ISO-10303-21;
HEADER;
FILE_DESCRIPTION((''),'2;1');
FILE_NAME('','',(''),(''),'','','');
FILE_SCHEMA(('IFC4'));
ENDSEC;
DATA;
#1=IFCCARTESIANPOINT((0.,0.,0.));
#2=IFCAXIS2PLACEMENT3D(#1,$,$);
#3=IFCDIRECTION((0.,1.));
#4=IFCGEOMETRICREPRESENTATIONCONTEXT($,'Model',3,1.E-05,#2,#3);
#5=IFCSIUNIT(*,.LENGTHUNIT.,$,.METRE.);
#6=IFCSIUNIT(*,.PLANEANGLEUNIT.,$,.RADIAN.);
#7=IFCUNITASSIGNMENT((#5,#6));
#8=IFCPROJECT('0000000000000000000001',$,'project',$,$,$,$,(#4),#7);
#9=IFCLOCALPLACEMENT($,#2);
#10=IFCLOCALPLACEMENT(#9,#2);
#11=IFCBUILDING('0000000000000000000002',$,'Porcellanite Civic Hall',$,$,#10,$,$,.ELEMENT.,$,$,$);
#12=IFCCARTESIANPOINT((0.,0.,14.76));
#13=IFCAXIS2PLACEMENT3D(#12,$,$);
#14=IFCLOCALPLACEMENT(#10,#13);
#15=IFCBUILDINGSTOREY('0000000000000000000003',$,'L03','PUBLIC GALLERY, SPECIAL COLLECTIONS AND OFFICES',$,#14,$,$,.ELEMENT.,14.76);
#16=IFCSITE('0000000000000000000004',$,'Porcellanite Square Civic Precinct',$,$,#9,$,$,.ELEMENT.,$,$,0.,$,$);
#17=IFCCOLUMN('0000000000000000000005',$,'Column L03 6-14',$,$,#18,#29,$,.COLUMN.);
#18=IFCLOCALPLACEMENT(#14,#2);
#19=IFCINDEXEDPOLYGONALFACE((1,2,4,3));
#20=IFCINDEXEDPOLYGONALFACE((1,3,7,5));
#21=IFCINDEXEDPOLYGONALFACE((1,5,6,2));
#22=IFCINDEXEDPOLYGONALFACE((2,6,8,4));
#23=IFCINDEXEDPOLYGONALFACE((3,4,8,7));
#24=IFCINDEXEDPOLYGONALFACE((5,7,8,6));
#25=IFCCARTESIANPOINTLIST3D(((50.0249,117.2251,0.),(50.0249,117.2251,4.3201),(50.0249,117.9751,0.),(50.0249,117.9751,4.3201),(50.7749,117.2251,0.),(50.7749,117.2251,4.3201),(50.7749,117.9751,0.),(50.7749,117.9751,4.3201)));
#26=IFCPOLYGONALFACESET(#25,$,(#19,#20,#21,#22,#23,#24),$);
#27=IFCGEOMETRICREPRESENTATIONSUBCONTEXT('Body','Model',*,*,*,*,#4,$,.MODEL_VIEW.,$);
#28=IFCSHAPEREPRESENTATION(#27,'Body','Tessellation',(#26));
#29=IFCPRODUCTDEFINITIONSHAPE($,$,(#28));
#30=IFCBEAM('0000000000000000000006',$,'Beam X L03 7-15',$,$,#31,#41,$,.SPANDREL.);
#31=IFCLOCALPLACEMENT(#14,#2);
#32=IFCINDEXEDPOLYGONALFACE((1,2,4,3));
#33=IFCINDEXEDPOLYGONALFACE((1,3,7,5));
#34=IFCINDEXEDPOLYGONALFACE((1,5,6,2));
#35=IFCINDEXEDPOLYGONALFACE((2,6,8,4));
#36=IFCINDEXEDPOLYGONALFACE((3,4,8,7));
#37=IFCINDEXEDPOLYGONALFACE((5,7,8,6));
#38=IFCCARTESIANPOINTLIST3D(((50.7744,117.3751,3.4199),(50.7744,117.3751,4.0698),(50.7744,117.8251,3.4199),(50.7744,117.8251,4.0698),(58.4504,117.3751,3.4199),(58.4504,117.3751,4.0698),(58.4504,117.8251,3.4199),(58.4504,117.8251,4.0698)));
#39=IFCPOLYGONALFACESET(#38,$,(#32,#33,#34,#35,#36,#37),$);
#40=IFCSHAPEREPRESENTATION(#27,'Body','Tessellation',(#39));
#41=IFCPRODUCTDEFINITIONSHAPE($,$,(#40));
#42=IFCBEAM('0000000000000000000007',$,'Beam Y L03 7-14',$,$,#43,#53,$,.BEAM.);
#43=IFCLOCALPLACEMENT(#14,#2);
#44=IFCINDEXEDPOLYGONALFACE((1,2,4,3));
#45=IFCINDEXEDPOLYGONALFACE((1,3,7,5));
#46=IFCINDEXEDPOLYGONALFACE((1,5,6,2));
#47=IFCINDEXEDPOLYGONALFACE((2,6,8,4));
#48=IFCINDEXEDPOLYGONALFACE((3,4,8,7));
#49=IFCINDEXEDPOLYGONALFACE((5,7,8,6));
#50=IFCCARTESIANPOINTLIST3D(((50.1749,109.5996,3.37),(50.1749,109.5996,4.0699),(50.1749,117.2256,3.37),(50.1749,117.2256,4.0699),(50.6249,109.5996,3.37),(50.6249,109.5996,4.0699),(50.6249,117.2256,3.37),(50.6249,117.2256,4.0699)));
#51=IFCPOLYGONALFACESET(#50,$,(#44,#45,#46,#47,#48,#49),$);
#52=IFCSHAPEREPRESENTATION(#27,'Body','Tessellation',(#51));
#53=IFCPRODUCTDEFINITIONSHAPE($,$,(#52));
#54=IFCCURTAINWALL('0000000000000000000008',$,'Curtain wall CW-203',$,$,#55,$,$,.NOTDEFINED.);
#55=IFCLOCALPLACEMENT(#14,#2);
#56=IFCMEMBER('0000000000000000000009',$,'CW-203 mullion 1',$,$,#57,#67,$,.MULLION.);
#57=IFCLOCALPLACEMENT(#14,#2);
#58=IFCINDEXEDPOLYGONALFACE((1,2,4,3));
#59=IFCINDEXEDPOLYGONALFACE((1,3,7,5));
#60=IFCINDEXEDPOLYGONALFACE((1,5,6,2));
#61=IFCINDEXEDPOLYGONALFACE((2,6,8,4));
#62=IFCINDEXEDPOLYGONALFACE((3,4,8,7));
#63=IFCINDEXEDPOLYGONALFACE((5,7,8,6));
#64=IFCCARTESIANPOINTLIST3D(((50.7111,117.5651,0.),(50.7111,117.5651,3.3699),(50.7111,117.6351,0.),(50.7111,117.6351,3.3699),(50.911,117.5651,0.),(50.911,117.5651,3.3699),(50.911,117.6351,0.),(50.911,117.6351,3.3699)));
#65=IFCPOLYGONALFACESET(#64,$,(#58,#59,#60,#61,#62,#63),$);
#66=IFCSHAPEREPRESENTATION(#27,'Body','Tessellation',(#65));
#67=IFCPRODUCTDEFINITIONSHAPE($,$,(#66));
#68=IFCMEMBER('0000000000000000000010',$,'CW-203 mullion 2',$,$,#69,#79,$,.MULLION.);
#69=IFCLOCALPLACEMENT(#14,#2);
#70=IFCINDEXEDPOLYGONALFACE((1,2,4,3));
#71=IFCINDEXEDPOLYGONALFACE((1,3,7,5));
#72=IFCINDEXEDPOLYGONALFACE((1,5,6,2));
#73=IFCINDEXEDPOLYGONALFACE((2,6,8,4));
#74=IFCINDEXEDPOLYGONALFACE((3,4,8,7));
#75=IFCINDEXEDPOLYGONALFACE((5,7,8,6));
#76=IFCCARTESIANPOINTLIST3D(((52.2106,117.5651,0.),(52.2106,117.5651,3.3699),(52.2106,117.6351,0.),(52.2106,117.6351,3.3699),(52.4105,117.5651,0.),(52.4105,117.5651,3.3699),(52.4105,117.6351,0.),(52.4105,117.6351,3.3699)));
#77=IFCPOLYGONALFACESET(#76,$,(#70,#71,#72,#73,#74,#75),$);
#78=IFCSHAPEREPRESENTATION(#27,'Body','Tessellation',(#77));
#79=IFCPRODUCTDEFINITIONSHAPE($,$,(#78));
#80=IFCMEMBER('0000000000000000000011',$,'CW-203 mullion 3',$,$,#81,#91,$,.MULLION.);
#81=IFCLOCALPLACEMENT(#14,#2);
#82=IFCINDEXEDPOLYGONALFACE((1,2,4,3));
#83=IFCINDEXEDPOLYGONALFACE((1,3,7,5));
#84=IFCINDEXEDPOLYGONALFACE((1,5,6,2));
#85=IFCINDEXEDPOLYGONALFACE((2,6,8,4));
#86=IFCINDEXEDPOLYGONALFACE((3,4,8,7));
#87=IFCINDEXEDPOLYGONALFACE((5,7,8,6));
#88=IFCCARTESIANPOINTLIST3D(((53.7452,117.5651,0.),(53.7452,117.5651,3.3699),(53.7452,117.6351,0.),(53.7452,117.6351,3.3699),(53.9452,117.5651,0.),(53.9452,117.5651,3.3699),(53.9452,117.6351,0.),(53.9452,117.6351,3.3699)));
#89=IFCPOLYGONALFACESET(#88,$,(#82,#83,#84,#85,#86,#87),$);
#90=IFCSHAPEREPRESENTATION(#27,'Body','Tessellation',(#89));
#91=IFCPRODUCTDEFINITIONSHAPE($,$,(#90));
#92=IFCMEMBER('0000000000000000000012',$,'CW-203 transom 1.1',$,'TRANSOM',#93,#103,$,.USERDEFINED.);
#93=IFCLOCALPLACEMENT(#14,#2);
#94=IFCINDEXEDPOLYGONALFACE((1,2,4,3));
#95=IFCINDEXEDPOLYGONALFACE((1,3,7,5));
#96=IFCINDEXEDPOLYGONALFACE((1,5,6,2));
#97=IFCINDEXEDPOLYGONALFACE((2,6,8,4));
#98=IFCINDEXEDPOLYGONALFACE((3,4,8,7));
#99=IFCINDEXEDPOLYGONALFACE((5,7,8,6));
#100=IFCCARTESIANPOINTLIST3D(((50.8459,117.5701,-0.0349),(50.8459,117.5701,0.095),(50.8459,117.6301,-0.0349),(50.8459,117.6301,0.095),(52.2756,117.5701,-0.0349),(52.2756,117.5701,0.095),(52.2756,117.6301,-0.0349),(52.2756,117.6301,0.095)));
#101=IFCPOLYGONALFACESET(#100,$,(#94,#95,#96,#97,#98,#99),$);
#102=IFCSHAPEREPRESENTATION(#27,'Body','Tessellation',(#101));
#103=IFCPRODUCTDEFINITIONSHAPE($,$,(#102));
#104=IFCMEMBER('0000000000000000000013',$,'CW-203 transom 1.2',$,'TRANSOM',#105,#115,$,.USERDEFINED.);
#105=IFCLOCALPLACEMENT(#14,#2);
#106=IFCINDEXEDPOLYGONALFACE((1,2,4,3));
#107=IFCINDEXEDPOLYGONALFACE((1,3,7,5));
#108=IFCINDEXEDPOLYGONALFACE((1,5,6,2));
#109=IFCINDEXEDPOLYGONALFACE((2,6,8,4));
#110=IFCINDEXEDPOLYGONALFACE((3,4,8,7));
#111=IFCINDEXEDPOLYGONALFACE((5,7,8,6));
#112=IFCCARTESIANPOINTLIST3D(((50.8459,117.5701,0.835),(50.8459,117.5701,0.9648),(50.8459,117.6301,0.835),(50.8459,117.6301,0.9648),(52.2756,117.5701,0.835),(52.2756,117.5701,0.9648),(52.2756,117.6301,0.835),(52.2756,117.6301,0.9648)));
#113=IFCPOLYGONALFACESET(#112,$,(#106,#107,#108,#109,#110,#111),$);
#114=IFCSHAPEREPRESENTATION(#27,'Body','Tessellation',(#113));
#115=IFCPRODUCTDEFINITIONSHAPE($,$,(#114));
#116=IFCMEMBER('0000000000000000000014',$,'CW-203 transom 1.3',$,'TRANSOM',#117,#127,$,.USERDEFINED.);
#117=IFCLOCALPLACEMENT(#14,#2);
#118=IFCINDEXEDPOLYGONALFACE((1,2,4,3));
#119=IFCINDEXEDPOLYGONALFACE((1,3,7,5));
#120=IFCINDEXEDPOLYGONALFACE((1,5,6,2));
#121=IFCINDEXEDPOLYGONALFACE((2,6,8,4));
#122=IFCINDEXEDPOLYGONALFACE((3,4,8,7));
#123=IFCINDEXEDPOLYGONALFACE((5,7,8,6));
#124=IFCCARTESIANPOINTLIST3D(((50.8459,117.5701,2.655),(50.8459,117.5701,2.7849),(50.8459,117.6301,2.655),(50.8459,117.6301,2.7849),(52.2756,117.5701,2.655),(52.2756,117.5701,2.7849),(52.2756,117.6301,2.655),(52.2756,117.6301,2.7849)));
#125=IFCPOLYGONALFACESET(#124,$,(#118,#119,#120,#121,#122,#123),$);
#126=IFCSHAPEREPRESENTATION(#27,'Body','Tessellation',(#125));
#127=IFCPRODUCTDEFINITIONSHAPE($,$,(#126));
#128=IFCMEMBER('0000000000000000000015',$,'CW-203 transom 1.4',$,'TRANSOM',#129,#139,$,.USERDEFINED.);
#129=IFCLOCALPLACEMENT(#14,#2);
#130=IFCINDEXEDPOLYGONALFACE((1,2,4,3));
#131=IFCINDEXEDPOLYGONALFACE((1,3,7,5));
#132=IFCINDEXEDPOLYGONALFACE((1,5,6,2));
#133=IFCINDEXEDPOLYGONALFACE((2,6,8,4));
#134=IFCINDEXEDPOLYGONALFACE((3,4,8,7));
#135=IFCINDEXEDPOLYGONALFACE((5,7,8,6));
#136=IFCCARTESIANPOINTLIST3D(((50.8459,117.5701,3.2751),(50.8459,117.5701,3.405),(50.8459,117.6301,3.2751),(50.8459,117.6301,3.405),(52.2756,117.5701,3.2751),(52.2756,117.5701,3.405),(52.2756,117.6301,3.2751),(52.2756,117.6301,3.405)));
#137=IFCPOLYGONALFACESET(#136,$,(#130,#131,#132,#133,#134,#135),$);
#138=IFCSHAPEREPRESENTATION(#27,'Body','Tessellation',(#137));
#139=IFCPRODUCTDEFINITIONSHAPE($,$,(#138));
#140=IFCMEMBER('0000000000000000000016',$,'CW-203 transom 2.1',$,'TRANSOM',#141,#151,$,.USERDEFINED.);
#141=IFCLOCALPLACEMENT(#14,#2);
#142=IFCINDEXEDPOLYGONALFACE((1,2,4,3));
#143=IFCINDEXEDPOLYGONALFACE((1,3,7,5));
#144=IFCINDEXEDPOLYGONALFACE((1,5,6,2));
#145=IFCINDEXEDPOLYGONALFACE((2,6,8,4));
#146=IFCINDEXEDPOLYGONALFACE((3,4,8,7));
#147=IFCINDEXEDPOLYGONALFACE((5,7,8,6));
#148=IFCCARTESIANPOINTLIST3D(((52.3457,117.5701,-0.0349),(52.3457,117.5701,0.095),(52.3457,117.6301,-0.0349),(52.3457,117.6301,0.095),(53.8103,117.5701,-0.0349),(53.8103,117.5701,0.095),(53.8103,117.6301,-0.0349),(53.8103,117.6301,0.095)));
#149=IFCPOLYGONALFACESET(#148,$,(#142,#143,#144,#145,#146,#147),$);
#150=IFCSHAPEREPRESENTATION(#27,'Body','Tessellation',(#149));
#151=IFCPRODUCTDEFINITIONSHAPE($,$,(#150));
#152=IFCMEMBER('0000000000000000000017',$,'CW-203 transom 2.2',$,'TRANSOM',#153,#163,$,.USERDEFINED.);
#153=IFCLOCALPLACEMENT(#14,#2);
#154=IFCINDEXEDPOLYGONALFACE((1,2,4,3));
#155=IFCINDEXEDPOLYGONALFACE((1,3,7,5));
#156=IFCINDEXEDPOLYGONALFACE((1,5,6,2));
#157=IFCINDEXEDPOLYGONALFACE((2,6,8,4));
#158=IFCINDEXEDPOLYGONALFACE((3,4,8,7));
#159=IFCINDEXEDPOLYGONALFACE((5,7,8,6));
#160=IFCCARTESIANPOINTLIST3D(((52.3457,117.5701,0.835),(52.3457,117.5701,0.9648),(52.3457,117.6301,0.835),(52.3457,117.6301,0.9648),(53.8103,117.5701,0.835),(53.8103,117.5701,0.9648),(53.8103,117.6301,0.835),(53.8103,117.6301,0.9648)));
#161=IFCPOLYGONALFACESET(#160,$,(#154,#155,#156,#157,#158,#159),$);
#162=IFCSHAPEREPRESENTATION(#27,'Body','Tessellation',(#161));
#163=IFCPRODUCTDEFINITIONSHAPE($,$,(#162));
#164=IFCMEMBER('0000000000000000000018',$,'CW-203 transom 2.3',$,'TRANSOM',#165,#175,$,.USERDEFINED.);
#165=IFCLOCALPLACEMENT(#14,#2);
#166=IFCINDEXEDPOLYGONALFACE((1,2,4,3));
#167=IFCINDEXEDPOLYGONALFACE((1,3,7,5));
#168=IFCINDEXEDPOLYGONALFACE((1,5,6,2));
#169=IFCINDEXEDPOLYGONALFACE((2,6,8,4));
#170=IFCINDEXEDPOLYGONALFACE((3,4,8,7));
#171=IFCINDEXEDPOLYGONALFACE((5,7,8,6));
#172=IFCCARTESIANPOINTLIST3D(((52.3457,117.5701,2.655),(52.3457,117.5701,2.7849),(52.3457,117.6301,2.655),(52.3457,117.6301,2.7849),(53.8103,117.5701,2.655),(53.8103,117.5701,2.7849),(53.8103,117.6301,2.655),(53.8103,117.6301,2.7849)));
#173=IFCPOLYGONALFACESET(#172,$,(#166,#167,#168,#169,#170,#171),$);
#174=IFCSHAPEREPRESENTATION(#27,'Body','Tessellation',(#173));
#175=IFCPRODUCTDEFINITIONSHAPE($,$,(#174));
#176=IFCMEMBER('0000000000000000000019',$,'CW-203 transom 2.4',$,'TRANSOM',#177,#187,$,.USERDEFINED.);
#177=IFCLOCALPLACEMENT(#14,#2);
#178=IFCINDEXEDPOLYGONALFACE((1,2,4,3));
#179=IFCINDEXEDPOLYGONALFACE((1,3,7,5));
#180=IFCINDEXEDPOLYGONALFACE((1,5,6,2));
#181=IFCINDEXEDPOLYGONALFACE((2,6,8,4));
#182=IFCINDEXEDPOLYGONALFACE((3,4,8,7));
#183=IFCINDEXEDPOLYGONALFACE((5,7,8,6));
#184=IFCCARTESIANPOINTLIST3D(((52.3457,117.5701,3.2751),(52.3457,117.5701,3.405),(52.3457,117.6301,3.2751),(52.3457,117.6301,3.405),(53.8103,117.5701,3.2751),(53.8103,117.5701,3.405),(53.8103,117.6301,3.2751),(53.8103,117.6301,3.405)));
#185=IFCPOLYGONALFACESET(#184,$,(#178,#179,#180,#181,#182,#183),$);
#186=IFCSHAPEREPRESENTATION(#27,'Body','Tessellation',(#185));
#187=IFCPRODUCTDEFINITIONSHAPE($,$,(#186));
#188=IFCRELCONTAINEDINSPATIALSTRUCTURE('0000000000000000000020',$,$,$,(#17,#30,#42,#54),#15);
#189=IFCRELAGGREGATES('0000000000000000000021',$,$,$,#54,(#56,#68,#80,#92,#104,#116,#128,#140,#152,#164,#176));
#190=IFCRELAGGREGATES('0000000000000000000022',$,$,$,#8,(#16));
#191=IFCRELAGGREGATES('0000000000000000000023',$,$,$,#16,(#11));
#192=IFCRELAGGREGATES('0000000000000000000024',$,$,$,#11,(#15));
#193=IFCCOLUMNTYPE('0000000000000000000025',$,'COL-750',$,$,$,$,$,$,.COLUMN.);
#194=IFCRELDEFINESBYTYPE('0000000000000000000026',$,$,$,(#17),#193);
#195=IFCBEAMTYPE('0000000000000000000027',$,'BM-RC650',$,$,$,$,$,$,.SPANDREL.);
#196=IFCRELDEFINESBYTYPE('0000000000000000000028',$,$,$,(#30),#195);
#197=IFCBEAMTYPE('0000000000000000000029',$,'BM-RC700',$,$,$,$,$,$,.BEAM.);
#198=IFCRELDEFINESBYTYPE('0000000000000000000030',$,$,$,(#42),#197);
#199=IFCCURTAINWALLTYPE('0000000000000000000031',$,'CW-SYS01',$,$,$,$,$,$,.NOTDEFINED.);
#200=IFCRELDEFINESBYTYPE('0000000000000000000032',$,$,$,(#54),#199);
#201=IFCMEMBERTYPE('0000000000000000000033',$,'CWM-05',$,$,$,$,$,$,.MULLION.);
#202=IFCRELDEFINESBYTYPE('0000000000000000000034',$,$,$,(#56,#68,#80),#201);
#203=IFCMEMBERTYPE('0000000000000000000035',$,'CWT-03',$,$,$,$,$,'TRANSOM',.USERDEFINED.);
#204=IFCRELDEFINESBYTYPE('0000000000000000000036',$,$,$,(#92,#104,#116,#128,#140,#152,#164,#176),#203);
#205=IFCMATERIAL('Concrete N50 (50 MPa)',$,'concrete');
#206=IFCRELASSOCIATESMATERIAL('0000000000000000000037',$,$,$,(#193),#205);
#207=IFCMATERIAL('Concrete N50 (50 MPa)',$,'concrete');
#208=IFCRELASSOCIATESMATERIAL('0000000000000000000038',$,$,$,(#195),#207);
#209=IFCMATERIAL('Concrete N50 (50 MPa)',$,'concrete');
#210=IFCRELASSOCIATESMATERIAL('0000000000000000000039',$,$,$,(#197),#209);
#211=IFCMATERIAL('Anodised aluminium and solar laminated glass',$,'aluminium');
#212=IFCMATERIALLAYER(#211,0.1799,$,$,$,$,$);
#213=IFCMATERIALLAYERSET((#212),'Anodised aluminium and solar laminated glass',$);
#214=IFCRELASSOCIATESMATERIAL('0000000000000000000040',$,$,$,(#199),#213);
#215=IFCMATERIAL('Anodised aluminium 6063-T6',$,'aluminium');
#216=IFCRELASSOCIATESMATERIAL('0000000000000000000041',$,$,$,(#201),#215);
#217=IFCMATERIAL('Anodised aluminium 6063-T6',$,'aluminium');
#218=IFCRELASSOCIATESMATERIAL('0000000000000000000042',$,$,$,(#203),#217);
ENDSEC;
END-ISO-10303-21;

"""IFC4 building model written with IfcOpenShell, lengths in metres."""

from ifc_helpers import new_model, si_unit, direction, frame, origin, origin_2d, place, context, subcontext, project, spatial, rectangle, extrude, material, layer, layer_set, material_profile, profile_set, type_object, element, aggregate, save


model = new_model("IFC4")

# Units and contexts
model_context = context("Model", 3, precision=1e-05, world=origin(), true_north=direction((0.0, 1.0)))
body_context = subcontext(model_context, "Body", "Model", "MODEL_VIEW")
ifc_project = project(units=[si_unit("LENGTHUNIT", "METRE"), si_unit("PLANEANGLEUNIT", "RADIAN")], contexts=[model_context])

# Site, building, storey
site_placement = place(None, origin())
site = spatial("IfcSite", under=ifc_project, at=site_placement, Name="Porcellanite Square Civic Precinct", CompositionType="ELEMENT", RefElevation=0.0)
building_placement = place(site_placement, origin())
building = spatial("IfcBuilding", under=site, at=building_placement, Name="Porcellanite Civic Hall", CompositionType="ELEMENT")
storey_placement = place(building_placement, frame((0.0, 0.0, 14.76)))
storey = spatial("IfcBuildingStorey", under=building, at=storey_placement, Name="L03", Description="PUBLIC GALLERY, SPECIAL COLLECTIONS AND OFFICES", CompositionType="ELEMENT", Elevation=14.76)

# Column
ifc_material_1 = material(Name="Concrete N50 (50 MPa)", Category="concrete")
ifc_material_profile_1 = material_profile(ifc_material_1, rectangle(XDim=0.75, YDim=0.75, at=origin_2d()), Name="RC-750x750")
ifc_profile_set_1 = profile_set([ifc_material_profile_1], Name="Concrete N50 (50 MPa)")
column_type = type_object("IfcColumnType", Name="COL-750", PredefinedType="COLUMN", material=ifc_profile_set_1)
column_placement = place(storey_placement, frame((50.3999, 117.6001, 0.0), z_axis=(0.0, 0.0, 1.0), x_axis=(1.0, 0.0, 0.0)))
element("IfcColumn", 1, at=column_placement, inside=storey, type_object=column_type, Name="Column L03 6-14", PredefinedType="COLUMN", context=body_context, shape_type="SweptSolid", body=[
    extrude(rectangle(XDim=0.75, YDim=0.75, at=origin_2d()), origin(), (0.0, 0.0, 1.0), 4.3201),
])

# Beams
ifc_material_2 = material(Name="Concrete N50 (50 MPa)", Category="concrete")
ifc_material_profile_2 = material_profile(ifc_material_2, rectangle(XDim=0.45, YDim=0.6499, at=origin_2d()), Name="RC-450x650")
ifc_profile_set_2 = profile_set([ifc_material_profile_2], Name="Concrete N50 (50 MPa)")
beam_type_1 = type_object("IfcBeamType", Name="BM-RC650", PredefinedType="SPANDREL", material=ifc_profile_set_2)
beam_1_placement = place(storey_placement, frame((50.7744, 117.6001, 3.7449), z_axis=(1.0, 0.0, 0.0), x_axis=(0.0, 1.0, 0.0)))
element("IfcBeam", 2, at=beam_1_placement, inside=storey, type_object=beam_type_1, Name="Beam X L03 7-15", PredefinedType="SPANDREL", context=body_context, shape_type="SweptSolid", body=[
    extrude(rectangle(XDim=0.45, YDim=0.6499, at=origin_2d()), origin(), (0.0, 0.0, 1.0), 7.676),
])
ifc_material_3 = material(Name="Concrete N50 (50 MPa)", Category="concrete")
ifc_material_profile_3 = material_profile(ifc_material_3, rectangle(XDim=0.45, YDim=0.7, at=origin_2d()), Name="RC-450x700")
ifc_profile_set_3 = profile_set([ifc_material_profile_3], Name="Concrete N50 (50 MPa)")
beam_type_2 = type_object("IfcBeamType", Name="BM-RC700", PredefinedType="BEAM", material=ifc_profile_set_3)
beam_2_placement = place(storey_placement, frame((50.3999, 109.5996, 3.72), z_axis=(0.0, 1.0, 0.0), x_axis=(-1.0, 0.0, 0.0)))
element("IfcBeam", 3, at=beam_2_placement, inside=storey, type_object=beam_type_2, Name="Beam Y L03 7-14", PredefinedType="BEAM", context=body_context, shape_type="SweptSolid", body=[
    extrude(rectangle(XDim=0.45, YDim=0.7, at=origin_2d()), origin(), (0.0, 0.0, 1.0), 7.626),
])

# Curtain wall, members
ifc_material_4 = material(Name="Anodised aluminium and solar laminated glass", Category="aluminium")
ifc_layer_1 = layer(ifc_material_4, 0.1799)
ifc_layer_set_1 = layer_set([ifc_layer_1], Name="Anodised aluminium and solar laminated glass")
curtain_wall_type = type_object("IfcCurtainWallType", Name="CW-SYS01", PredefinedType="NOTDEFINED", material=ifc_layer_set_1)
curtain_wall_placement = place(storey_placement, origin())
curtain_wall = element("IfcCurtainWall", 4, at=curtain_wall_placement, inside=storey, type_object=curtain_wall_type, Name="Curtain wall CW-203", PredefinedType="NOTDEFINED")
ifc_material_5 = material(Name="Anodised aluminium 6063-T6", Category="aluminium")
ifc_material_profile_4 = material_profile(ifc_material_5, rectangle(XDim=0.0701, YDim=0.2, at=origin_2d()), Name="AL-70x200")
ifc_profile_set_4 = profile_set([ifc_material_profile_4], Name="Anodised aluminium 6063-T6")
member_type_1 = type_object("IfcMemberType", Name="CWM-05", PredefinedType="MULLION", material=ifc_profile_set_4)
member_1_placement = place(storey_placement, frame((50.811, 117.6001, 0.0), z_axis=(0.0, 0.0, 1.0), x_axis=(0.0, 1.0, 0.0)))
member_1 = element("IfcMember", 5, at=member_1_placement, type_object=member_type_1, Name="CW-203 mullion 1", PredefinedType="MULLION", context=body_context, shape_type="SweptSolid", body=[
    extrude(rectangle(XDim=0.0701, YDim=0.2, at=origin_2d()), origin(), (0.0, 0.0, 1.0), 3.3699),
])
member_2_placement = place(storey_placement, frame((52.3105, 117.6001, 0.0), z_axis=(0.0, 0.0, 1.0), x_axis=(0.0, 1.0, 0.0)))
member_2 = element("IfcMember", 6, at=member_2_placement, type_object=member_type_1, Name="CW-203 mullion 2", PredefinedType="MULLION", context=body_context, shape_type="SweptSolid", body=[
    extrude(rectangle(XDim=0.0701, YDim=0.2, at=origin_2d()), origin(), (0.0, 0.0, 1.0), 3.3699),
])
member_3_placement = place(storey_placement, frame((53.8452, 117.6001, 0.0), z_axis=(0.0, 0.0, 1.0), x_axis=(0.0, 1.0, 0.0)))
member_3 = element("IfcMember", 7, at=member_3_placement, type_object=member_type_1, Name="CW-203 mullion 3", PredefinedType="MULLION", context=body_context, shape_type="SweptSolid", body=[
    extrude(rectangle(XDim=0.0701, YDim=0.2, at=origin_2d()), origin(), (0.0, 0.0, 1.0), 3.3699),
])
ifc_material_6 = material(Name="Anodised aluminium 6063-T6", Category="aluminium")
ifc_material_profile_5 = material_profile(ifc_material_6, rectangle(XDim=0.0601, YDim=0.1299, at=origin_2d()), Name="AL-60x130")
ifc_profile_set_5 = profile_set([ifc_material_profile_5], Name="Anodised aluminium 6063-T6")
member_type_2 = type_object("IfcMemberType", Name="CWT-03", ElementType="TRANSOM", PredefinedType="USERDEFINED", material=ifc_profile_set_5)
member_4_placement = place(storey_placement, frame((50.8459, 117.6001, 0.03), z_axis=(1.0, 0.0, 0.0), x_axis=(0.0, 1.0, 0.0)))
member_4 = element("IfcMember", 8, at=member_4_placement, type_object=member_type_2, Name="CW-203 transom 1.1", ObjectType="TRANSOM", PredefinedType="USERDEFINED", context=body_context, shape_type="SweptSolid", body=[
    extrude(rectangle(XDim=0.0601, YDim=0.1299, at=origin_2d()), origin(), (0.0, 0.0, 1.0), 1.4297),
])
member_5_placement = place(storey_placement, frame((50.8459, 117.6001, 0.8999), z_axis=(1.0, 0.0, 0.0), x_axis=(0.0, 1.0, 0.0)))
member_5 = element("IfcMember", 9, at=member_5_placement, type_object=member_type_2, Name="CW-203 transom 1.2", ObjectType="TRANSOM", PredefinedType="USERDEFINED", context=body_context, shape_type="SweptSolid", body=[
    extrude(rectangle(XDim=0.0601, YDim=0.1299, at=origin_2d()), origin(), (0.0, 0.0, 1.0), 1.4297),
])
member_6_placement = place(storey_placement, frame((50.8459, 117.6001, 2.72), z_axis=(1.0, 0.0, 0.0), x_axis=(0.0, 1.0, 0.0)))
member_6 = element("IfcMember", 10, at=member_6_placement, type_object=member_type_2, Name="CW-203 transom 1.3", ObjectType="TRANSOM", PredefinedType="USERDEFINED", context=body_context, shape_type="SweptSolid", body=[
    extrude(rectangle(XDim=0.0601, YDim=0.1299, at=origin_2d()), origin(), (0.0, 0.0, 1.0), 1.4297),
])
member_7_placement = place(storey_placement, frame((50.8459, 117.6001, 3.3401), z_axis=(1.0, 0.0, 0.0), x_axis=(0.0, 1.0, 0.0)))
member_7 = element("IfcMember", 11, at=member_7_placement, type_object=member_type_2, Name="CW-203 transom 1.4", ObjectType="TRANSOM", PredefinedType="USERDEFINED", context=body_context, shape_type="SweptSolid", body=[
    extrude(rectangle(XDim=0.0601, YDim=0.1299, at=origin_2d()), origin(), (0.0, 0.0, 1.0), 1.4297),
])
member_8_placement = place(storey_placement, frame((52.3457, 117.6001, 0.03), z_axis=(1.0, 0.0, 0.0), x_axis=(0.0, 1.0, 0.0)))
member_8 = element("IfcMember", 12, at=member_8_placement, type_object=member_type_2, Name="CW-203 transom 2.1", ObjectType="TRANSOM", PredefinedType="USERDEFINED", context=body_context, shape_type="SweptSolid", body=[
    extrude(rectangle(XDim=0.0601, YDim=0.1299, at=origin_2d()), origin(), (0.0, 0.0, 1.0), 1.4646),
])
member_9_placement = place(storey_placement, frame((52.3457, 117.6001, 0.8999), z_axis=(1.0, 0.0, 0.0), x_axis=(0.0, 1.0, 0.0)))
member_9 = element("IfcMember", 13, at=member_9_placement, type_object=member_type_2, Name="CW-203 transom 2.2", ObjectType="TRANSOM", PredefinedType="USERDEFINED", context=body_context, shape_type="SweptSolid", body=[
    extrude(rectangle(XDim=0.0601, YDim=0.1299, at=origin_2d()), origin(), (0.0, 0.0, 1.0), 1.4646),
])
member_10_placement = place(storey_placement, frame((52.3457, 117.6001, 2.72), z_axis=(1.0, 0.0, 0.0), x_axis=(0.0, 1.0, 0.0)))
member_10 = element("IfcMember", 14, at=member_10_placement, type_object=member_type_2, Name="CW-203 transom 2.3", ObjectType="TRANSOM", PredefinedType="USERDEFINED", context=body_context, shape_type="SweptSolid", body=[
    extrude(rectangle(XDim=0.0601, YDim=0.1299, at=origin_2d()), origin(), (0.0, 0.0, 1.0), 1.4646),
])
member_11_placement = place(storey_placement, frame((52.3457, 117.6001, 3.3401), z_axis=(1.0, 0.0, 0.0), x_axis=(0.0, 1.0, 0.0)))
member_11 = element("IfcMember", 15, at=member_11_placement, type_object=member_type_2, Name="CW-203 transom 2.4", ObjectType="TRANSOM", PredefinedType="USERDEFINED", context=body_context, shape_type="SweptSolid", body=[
    extrude(rectangle(XDim=0.0601, YDim=0.1299, at=origin_2d()), origin(), (0.0, 0.0, 1.0), 1.4646),
])

aggregate(curtain_wall, [member_1, member_2, member_3, member_4, member_5, member_6, member_7, member_8, member_9, member_10, member_11])

save(model, "model.ifc")
